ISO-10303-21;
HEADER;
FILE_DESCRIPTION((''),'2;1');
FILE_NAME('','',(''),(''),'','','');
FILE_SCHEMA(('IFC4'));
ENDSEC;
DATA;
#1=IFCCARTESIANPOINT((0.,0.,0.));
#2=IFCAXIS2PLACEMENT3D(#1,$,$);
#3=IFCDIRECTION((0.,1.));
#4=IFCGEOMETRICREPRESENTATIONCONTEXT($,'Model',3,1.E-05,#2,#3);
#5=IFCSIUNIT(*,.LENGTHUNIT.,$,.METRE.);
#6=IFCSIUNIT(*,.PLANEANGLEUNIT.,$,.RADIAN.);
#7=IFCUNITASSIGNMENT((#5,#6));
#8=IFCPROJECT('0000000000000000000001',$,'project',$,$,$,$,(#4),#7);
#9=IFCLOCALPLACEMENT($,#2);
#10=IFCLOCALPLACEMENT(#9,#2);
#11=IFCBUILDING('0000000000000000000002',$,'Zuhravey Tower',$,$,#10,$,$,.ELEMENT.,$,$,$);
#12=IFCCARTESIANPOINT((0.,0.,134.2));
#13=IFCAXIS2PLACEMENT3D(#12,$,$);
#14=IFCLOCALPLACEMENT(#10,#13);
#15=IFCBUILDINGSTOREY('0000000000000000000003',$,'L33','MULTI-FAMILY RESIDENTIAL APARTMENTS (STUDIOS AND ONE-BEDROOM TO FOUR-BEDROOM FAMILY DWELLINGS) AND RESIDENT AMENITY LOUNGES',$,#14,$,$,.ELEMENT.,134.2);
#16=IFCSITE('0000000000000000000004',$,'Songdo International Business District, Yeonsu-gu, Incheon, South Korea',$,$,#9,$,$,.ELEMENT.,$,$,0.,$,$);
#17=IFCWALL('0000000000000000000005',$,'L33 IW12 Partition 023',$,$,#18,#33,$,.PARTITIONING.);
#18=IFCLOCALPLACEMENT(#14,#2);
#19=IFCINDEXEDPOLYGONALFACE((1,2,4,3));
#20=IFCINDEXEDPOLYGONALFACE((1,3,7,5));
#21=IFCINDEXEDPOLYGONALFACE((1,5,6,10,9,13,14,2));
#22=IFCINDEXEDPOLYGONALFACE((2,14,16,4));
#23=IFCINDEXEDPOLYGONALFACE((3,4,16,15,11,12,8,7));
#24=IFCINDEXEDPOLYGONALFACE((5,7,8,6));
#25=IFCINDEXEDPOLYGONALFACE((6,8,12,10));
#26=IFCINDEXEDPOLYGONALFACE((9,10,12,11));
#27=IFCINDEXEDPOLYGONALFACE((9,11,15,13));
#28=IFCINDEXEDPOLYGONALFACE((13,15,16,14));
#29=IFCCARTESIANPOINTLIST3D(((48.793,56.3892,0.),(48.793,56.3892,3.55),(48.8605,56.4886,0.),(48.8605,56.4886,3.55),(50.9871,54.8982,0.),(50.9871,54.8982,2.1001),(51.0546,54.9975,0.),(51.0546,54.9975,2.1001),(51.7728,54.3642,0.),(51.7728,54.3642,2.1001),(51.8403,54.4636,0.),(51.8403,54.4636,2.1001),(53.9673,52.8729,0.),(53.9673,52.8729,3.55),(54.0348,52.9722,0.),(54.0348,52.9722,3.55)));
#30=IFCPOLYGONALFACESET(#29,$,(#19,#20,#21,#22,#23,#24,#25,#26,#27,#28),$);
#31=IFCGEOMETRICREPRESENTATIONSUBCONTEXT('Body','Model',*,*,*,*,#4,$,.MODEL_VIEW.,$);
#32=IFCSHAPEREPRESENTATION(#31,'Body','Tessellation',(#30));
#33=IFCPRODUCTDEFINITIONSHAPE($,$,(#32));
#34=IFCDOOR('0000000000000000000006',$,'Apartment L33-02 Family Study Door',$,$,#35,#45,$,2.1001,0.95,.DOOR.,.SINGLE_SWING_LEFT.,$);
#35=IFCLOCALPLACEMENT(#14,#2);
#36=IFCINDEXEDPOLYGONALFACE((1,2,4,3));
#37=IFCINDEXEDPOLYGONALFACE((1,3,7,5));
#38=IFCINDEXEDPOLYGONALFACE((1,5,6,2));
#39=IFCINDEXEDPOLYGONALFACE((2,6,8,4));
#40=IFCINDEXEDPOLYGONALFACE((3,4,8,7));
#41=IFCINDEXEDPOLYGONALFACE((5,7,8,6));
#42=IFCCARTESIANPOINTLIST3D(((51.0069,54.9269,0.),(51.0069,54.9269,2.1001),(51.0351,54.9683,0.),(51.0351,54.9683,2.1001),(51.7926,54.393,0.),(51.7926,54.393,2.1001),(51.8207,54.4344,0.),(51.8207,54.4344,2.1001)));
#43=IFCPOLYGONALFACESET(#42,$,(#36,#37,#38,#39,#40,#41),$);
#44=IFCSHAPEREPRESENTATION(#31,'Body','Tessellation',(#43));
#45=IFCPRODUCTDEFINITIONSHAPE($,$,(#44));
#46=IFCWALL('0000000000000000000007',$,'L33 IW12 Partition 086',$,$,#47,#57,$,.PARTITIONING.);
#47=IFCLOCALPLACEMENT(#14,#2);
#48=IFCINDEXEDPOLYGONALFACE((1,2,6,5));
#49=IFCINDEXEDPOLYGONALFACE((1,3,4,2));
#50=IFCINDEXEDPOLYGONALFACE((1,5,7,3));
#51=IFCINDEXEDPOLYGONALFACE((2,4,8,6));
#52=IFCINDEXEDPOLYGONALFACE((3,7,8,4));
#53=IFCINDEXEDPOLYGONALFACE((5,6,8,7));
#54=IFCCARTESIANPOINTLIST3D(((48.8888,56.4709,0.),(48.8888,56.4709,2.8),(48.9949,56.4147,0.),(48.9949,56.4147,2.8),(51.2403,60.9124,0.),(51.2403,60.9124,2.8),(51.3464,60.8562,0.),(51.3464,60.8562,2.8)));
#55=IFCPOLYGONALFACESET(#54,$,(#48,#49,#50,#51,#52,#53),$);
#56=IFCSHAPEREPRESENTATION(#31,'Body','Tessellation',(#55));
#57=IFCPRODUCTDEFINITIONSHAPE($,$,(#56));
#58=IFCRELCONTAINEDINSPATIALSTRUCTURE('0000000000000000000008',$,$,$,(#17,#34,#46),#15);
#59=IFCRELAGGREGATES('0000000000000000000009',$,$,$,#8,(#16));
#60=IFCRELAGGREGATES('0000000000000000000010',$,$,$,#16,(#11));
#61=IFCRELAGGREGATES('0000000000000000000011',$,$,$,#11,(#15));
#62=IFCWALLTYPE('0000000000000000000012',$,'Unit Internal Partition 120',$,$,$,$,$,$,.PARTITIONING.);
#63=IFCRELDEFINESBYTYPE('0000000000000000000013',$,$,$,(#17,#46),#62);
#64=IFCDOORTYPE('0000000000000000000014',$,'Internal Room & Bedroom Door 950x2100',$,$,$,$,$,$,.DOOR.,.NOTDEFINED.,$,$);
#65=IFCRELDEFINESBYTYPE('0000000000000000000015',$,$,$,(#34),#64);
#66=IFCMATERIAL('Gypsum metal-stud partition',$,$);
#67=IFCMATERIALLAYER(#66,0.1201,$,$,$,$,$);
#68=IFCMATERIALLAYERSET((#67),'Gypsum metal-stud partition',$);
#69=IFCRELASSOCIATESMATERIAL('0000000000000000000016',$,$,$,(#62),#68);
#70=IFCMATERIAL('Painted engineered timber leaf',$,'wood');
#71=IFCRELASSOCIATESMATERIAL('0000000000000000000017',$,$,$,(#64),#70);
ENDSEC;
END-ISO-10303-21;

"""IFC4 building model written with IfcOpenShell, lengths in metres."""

from ifc_helpers import new_model, si_unit, direction, frame, frame_2d, origin, place, context, subcontext, project, spatial, rectangle, extrude, material, layer, layer_set, type_object, element, fill, save


model = new_model("IFC4")

# Units and contexts
model_context = context("Model", 3, precision=1e-05, world=origin(), true_north=direction((0.0, 1.0)))
body_context = subcontext(model_context, "Body", "Model", "MODEL_VIEW")
ifc_project = project(units=[si_unit("LENGTHUNIT", "METRE"), si_unit("PLANEANGLEUNIT", "RADIAN")], contexts=[model_context])

# Site, building, storey
site_placement = place(None, origin())
site = spatial("IfcSite", under=ifc_project, at=site_placement, Name="Songdo International Business District, Yeonsu-gu, Incheon, South Korea", CompositionType="ELEMENT", RefElevation=0.0)
building_placement = place(site_placement, origin())
building = spatial("IfcBuilding", under=site, at=building_placement, Name="Zuhravey Tower", CompositionType="ELEMENT")
storey_placement = place(building_placement, frame((0.0, 0.0, 134.2)))
storey = spatial("IfcBuildingStorey", under=building, at=storey_placement, Name="L33", Description="MULTI-FAMILY RESIDENTIAL APARTMENTS (STUDIOS AND ONE-BEDROOM TO FOUR-BEDROOM FAMILY DWELLINGS) AND RESIDENT AMENITY LOUNGES", CompositionType="ELEMENT", Elevation=134.2)

# Wall, opening, door
ifc_material_1 = material(Name="Gypsum metal-stud partition")
ifc_layer_1 = layer(ifc_material_1, 0.1201)
ifc_layer_set_1 = layer_set([ifc_layer_1], Name="Gypsum metal-stud partition")
wall_type_1 = type_object("IfcWallType", Name="Unit Internal Partition 120", PredefinedType="PARTITIONING", material=ifc_layer_set_1)
wall_1_placement = place(storey_placement, frame((54.001, 52.9226, 0.0), z_axis=(0.0, 0.0, 1.0), x_axis=(-0.827088, 0.562072, 0.0)))
wall_1 = element("IfcWall", 1, at=wall_1_placement, inside=storey, type_object=wall_type_1, Name="L33 IW12 Partition 023", PredefinedType="PARTITIONING", context=body_context, shape_type="SweptSolid", body=[
    extrude(rectangle(XDim=6.2561, YDim=0.1201, at=frame_2d((3.1279, 0.0))), origin(), (0.0, 0.0, 1.0), 3.55),
])
opening_placement = place(wall_1_placement, frame((2.6531, 0.0, 0.0)))
opening = element("IfcOpeningElement", 2, at=opening_placement, cuts=wall_1, PredefinedType="OPENING", context=body_context, shape_type="SweptSolid", body=[
    extrude(rectangle(XDim=0.95, YDim=2.1001, at=frame_2d((0.4751, 1.05))), frame((0.0, 0.072, 0.0), z_axis=(0.0, -1.0, 0.0), x_axis=(1.0, 0.0, 0.0)), (0.0, 0.0, 1.0), 0.144),
])
ifc_material_2 = material(Name="Painted engineered timber leaf", Category="wood")
door_type = type_object("IfcDoorType", Name="Internal Room & Bedroom Door 950x2100", OperationType="NOTDEFINED", PredefinedType="DOOR", material=ifc_material_2)
door_placement = place(opening_placement, frame((0.95, 0.0, 0.0), z_axis=(0.0, 0.0, 1.0), x_axis=(-1.0, 0.0, 0.0)))
door = element("IfcDoor", 3, at=door_placement, inside=storey, type_object=door_type, Name="Apartment L33-02 Family Study Door", OperationType="SINGLE_SWING_LEFT", OverallHeight=2.1001, OverallWidth=0.95, PredefinedType="DOOR", context=body_context, shape_type="SweptSolid", body=[
    extrude(rectangle(XDim=0.95, YDim=2.1001, at=frame_2d((0.4751, 1.05))), frame((0.0, 0.0249, 0.0), z_axis=(0.0, -1.0, 0.0), x_axis=(1.0, 0.0, 0.0)), (0.0, 0.0, 1.0), 0.05),
])
fill(opening, door)

# Wall
wall_2_placement = place(storey_placement, frame((48.9419, 56.4429, 0.0), z_axis=(0.0, 0.0, 1.0), x_axis=(0.467903, 0.88378, 0.0)))
element("IfcWall", 4, at=wall_2_placement, inside=storey, type_object=wall_type_1, Name="L33 IW12 Partition 086", PredefinedType="PARTITIONING", context=body_context, shape_type="SweptSolid", body=[
    extrude(rectangle(XDim=5.0256, YDim=0.1201, at=frame_2d((2.5127, 0.0))), origin(), (0.0, 0.0, 1.0), 2.8),
])

save(model, "model.ifc")
